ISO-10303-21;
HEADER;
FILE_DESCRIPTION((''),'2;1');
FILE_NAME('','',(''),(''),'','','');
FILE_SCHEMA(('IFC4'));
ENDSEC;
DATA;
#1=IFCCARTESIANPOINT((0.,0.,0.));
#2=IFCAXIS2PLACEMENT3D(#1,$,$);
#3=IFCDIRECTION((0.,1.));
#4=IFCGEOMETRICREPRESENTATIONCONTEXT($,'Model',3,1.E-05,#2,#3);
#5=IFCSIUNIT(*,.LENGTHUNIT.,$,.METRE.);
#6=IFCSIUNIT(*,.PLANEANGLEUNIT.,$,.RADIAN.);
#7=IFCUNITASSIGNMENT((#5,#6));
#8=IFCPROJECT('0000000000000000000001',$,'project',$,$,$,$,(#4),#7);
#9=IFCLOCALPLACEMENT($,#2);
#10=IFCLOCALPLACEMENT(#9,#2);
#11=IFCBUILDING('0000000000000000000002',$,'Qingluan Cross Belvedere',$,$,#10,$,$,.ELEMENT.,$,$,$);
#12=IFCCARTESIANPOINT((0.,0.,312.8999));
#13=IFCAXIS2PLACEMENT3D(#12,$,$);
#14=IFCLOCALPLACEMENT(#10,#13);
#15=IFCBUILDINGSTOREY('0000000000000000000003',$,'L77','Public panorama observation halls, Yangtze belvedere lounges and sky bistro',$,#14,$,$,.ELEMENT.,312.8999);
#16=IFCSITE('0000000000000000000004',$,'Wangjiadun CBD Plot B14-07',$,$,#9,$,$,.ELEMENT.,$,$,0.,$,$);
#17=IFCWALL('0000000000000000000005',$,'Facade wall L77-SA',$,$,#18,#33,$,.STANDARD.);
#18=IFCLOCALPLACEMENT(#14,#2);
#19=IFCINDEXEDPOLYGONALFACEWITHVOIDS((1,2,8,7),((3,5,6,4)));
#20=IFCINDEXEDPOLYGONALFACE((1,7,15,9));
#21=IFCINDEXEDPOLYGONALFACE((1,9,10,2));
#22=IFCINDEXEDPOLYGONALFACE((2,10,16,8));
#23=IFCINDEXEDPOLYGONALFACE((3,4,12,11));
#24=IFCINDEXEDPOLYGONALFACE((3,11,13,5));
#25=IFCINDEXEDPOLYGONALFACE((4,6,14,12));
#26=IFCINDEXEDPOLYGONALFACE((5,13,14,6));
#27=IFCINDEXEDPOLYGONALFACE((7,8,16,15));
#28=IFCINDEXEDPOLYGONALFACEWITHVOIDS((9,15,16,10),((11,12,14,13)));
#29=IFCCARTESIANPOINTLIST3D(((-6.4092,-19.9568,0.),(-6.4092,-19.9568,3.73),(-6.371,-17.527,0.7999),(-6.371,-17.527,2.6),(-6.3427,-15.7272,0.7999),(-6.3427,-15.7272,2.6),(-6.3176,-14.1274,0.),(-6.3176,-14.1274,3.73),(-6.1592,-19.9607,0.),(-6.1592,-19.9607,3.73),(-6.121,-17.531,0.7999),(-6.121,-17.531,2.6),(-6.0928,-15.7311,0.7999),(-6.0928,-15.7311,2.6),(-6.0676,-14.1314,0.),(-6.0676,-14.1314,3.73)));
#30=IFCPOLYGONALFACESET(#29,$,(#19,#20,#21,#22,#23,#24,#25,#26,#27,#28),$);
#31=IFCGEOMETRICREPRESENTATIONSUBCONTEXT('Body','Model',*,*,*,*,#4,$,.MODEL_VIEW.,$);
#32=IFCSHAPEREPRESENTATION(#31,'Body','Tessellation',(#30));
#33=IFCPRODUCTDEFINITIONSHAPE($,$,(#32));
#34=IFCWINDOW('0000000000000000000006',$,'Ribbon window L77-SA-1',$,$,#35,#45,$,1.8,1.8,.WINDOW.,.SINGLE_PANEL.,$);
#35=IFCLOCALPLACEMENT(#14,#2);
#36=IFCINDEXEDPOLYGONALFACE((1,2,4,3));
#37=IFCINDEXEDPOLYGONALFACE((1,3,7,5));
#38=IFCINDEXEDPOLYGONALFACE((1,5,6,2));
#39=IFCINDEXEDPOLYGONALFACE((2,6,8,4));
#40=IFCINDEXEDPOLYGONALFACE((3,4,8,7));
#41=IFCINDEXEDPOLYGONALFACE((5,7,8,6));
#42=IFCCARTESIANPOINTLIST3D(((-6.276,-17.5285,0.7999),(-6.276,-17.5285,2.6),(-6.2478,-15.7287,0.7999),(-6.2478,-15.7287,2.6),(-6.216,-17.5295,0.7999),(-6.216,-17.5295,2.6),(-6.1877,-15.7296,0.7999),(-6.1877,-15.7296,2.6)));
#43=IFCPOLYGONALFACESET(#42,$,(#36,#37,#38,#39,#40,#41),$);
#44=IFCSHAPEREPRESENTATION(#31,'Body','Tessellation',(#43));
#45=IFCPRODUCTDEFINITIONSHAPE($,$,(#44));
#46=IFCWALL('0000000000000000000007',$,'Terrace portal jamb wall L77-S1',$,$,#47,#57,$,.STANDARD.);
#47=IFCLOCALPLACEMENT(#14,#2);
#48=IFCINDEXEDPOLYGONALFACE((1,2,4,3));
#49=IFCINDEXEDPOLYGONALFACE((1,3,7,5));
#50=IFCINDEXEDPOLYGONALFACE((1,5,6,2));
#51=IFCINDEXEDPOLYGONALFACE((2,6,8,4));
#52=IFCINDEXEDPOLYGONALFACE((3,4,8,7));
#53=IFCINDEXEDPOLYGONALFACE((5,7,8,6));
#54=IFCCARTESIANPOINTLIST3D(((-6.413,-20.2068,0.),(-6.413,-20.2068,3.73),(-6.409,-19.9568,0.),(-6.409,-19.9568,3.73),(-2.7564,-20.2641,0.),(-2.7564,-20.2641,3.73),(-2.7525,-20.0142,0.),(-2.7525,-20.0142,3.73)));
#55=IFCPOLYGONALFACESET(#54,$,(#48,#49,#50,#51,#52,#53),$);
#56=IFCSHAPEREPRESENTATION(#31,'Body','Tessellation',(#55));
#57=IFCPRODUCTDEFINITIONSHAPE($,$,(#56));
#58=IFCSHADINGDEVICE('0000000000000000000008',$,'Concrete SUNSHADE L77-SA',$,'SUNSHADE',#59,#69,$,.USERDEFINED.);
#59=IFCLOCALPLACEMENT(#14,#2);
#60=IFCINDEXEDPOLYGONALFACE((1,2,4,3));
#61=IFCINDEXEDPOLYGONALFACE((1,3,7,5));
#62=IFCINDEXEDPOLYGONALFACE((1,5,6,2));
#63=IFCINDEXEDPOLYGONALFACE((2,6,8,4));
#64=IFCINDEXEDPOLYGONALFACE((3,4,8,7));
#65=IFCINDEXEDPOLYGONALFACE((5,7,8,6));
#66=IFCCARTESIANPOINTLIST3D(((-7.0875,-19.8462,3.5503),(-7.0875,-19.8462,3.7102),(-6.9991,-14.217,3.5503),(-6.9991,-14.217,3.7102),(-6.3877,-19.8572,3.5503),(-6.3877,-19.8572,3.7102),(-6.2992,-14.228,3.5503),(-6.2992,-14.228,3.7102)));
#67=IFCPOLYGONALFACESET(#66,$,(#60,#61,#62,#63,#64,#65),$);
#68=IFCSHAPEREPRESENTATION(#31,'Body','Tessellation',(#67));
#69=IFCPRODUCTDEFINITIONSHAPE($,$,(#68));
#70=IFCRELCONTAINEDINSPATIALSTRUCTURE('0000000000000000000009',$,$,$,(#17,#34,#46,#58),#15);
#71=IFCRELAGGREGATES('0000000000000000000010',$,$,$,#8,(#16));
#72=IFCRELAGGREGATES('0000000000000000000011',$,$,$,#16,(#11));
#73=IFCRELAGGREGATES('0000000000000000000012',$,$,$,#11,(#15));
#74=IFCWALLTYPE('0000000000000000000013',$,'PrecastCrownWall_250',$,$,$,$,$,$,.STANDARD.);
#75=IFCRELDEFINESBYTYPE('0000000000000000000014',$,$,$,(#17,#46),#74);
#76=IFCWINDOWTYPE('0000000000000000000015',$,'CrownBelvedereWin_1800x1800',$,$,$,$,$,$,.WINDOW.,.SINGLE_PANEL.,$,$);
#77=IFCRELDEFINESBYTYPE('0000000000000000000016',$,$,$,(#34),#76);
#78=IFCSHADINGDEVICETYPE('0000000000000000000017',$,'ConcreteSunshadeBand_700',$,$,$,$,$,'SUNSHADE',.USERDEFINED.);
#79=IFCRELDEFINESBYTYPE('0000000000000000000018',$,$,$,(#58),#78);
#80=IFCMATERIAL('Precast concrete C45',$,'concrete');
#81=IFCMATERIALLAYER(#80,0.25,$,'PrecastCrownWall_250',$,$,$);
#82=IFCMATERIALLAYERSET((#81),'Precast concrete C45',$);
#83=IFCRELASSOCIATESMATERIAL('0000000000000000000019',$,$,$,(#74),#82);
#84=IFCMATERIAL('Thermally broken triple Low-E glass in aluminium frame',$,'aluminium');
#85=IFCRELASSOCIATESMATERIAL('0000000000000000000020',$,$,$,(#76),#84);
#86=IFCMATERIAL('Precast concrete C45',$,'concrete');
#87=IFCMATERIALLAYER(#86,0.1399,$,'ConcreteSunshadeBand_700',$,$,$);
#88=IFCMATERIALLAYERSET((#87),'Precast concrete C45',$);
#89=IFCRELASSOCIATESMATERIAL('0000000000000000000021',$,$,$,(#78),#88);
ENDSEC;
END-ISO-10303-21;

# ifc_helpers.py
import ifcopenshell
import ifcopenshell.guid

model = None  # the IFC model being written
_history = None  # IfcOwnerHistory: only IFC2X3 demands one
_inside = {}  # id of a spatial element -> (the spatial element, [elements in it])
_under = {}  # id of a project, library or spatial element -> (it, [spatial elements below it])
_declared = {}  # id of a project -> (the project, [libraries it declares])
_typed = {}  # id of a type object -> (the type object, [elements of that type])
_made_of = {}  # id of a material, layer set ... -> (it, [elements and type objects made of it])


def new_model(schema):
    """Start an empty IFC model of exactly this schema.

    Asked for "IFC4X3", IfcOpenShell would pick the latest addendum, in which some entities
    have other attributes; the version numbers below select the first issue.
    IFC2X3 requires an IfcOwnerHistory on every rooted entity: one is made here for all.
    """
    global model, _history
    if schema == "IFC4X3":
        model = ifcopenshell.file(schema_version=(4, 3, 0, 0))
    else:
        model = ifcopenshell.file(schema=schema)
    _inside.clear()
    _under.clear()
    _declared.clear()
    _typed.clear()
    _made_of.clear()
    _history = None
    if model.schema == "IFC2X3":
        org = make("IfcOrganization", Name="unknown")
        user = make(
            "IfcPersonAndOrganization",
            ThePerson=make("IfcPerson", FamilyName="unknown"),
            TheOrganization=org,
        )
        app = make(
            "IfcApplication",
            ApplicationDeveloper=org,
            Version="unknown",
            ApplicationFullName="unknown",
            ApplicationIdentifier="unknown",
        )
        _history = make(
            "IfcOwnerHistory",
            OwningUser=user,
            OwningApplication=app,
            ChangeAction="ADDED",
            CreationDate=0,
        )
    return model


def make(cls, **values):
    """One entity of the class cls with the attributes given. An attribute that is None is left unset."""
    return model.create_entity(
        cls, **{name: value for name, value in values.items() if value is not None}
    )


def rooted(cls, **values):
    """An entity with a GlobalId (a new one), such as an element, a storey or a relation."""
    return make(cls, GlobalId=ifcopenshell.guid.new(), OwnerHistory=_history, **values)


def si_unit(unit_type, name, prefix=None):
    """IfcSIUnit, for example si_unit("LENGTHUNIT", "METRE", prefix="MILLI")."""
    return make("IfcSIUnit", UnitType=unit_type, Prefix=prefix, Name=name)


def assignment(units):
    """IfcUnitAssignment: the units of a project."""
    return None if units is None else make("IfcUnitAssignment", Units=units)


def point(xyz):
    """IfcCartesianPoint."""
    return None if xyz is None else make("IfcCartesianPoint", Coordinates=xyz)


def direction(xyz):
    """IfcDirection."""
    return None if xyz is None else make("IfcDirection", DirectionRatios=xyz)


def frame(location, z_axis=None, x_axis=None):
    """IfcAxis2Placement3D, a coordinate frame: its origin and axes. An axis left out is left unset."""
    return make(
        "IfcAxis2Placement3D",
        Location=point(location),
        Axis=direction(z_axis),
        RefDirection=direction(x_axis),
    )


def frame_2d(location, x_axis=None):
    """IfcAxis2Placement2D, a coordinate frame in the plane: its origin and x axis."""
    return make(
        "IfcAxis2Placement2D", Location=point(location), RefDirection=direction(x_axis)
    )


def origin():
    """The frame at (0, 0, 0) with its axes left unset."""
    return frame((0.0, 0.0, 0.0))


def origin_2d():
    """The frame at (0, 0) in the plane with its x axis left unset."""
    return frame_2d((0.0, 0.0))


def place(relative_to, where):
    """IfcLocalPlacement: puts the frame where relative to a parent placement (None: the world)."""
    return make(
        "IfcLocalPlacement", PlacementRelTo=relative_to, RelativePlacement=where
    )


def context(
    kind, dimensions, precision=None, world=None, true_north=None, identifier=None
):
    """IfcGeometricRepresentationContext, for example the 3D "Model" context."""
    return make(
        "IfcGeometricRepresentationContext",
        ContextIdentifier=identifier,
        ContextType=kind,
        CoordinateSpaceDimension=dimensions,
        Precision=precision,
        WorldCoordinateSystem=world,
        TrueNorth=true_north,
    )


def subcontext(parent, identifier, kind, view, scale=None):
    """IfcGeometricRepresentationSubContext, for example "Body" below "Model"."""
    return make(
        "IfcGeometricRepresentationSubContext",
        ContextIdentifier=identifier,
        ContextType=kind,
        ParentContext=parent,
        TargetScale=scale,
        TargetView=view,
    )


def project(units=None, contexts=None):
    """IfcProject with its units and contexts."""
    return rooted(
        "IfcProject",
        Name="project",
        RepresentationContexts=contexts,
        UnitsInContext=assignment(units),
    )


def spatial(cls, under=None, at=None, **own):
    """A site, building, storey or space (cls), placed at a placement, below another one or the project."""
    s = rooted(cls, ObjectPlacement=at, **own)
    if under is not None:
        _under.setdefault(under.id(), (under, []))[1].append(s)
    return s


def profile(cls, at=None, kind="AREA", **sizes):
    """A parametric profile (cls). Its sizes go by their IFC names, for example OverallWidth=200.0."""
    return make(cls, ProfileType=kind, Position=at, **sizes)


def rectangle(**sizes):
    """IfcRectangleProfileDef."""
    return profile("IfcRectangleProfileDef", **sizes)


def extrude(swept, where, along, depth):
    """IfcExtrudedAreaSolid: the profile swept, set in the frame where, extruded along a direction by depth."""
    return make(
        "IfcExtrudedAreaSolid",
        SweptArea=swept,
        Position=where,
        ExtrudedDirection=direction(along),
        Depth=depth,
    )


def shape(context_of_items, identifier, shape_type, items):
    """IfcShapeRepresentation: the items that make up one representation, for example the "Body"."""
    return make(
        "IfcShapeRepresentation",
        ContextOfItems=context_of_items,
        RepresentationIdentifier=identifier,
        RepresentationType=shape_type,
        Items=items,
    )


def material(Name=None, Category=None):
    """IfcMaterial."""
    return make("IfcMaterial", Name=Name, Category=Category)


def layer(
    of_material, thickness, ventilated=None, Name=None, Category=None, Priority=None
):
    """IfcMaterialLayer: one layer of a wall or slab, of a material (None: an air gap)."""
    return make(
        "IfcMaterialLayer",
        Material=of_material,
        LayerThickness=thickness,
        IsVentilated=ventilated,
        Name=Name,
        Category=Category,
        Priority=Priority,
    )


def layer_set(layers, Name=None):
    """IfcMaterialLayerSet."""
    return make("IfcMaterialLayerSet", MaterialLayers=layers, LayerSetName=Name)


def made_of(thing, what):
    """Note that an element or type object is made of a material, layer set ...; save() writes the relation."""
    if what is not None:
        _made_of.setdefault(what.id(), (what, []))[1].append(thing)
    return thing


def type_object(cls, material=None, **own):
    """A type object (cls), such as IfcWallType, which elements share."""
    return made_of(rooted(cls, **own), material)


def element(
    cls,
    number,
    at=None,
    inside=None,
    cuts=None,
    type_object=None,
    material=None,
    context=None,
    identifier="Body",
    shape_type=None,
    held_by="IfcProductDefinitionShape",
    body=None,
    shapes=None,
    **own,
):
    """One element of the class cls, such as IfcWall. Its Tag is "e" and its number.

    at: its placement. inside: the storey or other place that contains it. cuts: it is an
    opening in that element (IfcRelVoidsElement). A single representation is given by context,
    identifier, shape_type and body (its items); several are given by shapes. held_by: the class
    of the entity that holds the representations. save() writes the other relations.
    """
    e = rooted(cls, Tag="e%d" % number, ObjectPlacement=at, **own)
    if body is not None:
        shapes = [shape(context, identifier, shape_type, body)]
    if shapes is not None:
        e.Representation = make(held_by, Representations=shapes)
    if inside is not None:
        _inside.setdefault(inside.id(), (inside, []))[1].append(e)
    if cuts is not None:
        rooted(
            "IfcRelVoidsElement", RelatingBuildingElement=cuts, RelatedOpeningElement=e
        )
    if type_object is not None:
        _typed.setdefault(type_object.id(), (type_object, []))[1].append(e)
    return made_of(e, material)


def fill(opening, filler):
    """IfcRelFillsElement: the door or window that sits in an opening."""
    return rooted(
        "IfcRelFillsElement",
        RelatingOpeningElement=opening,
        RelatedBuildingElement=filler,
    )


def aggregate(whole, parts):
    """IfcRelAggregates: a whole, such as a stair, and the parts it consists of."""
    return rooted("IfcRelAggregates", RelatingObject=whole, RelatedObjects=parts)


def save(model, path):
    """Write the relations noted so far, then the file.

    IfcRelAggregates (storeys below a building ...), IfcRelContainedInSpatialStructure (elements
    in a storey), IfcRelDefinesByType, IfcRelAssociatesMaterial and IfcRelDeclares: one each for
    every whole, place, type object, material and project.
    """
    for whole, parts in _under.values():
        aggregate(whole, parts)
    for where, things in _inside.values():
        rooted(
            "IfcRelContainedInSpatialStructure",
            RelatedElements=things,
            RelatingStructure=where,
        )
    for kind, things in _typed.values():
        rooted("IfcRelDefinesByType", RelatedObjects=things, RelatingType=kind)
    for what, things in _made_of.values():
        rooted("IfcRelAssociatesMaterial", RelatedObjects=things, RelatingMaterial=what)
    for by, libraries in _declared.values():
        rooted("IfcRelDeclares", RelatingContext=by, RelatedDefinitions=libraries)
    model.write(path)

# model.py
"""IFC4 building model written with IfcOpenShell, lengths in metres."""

from ifc_helpers import new_model, si_unit, direction, frame, frame_2d, origin, origin_2d, place, context, subcontext, project, spatial, rectangle, extrude, material, layer, layer_set, type_object, element, fill, save


model = new_model("IFC4")

# Units and contexts
model_context = context("Model", 3, precision=1e-05, world=origin(), true_north=direction((0.0, 1.0)))
body_context = subcontext(model_context, "Body", "Model", "MODEL_VIEW")
ifc_project = project(units=[si_unit("LENGTHUNIT", "METRE"), si_unit("PLANEANGLEUNIT", "RADIAN")], contexts=[model_context])

# Site, building, storey
site_placement = place(None, origin())
site = spatial("IfcSite", under=ifc_project, at=site_placement, Name="Wangjiadun CBD Plot B14-07", CompositionType="ELEMENT", RefElevation=0.0)
building_placement = place(site_placement, origin())
building = spatial("IfcBuilding", under=site, at=building_placement, Name="Qingluan Cross Belvedere", CompositionType="ELEMENT")
storey_placement = place(building_placement, frame((0.0, 0.0, 312.8999)))
storey = spatial("IfcBuildingStorey", under=building, at=storey_placement, Name="L77", Description="Public panorama observation halls, Yangtze belvedere lounges and sky bistro", CompositionType="ELEMENT", Elevation=312.8999)

# Wall, opening, window
ifc_material_1 = material(Name="Precast concrete C45", Category="concrete")
ifc_layer_1 = layer(ifc_material_1, 0.25, Name="PrecastCrownWall_250")
ifc_layer_set_1 = layer_set([ifc_layer_1], Name="Precast concrete C45")
wall_type_1 = type_object("IfcWallType", Name="PrecastCrownWall_250", PredefinedType="STANDARD", material=ifc_layer_set_1)
wall_1_placement = place(storey_placement, frame((-6.1926, -14.1294, 0.0), z_axis=(0.0, 0.0, 1.0), x_axis=(-0.015704, -0.999877, 0.0)))
wall_1 = element("IfcWall", 1, at=wall_1_placement, inside=storey, type_object=wall_type_1, Name="Facade wall L77-SA", PredefinedType="STANDARD", context=body_context, shape_type="SweptSolid", body=[
    extrude(rectangle(XDim=5.8301, YDim=0.25, at=frame_2d((2.915, 0.0))), origin(), (0.0, 0.0, 1.0), 3.73),
])
opening_placement = place(wall_1_placement, frame((1.6001, 0.0, 0.8)))
opening = element("IfcOpeningElement", 2, at=opening_placement, cuts=wall_1, PredefinedType="OPENING", context=body_context, shape_type="SweptSolid", body=[
    extrude(rectangle(XDim=1.8, YDim=1.8, at=frame_2d((0.8999, 0.8999))), frame((0.0, 0.135, 0.0), z_axis=(0.0, -1.0, 0.0), x_axis=(1.0, 0.0, 0.0)), (0.0, 0.0, 1.0), 0.27),
])
ifc_material_2 = material(Name="Thermally broken triple Low-E glass in aluminium frame", Category="aluminium")
window_type = type_object("IfcWindowType", Name="CrownBelvedereWin_1800x1800", PartitioningType="SINGLE_PANEL", PredefinedType="WINDOW", material=ifc_material_2)
window_placement = place(opening_placement, origin())
window = element("IfcWindow", 3, at=window_placement, inside=storey, type_object=window_type, Name="Ribbon window L77-SA-1", OverallHeight=1.8, OverallWidth=1.8, PartitioningType="SINGLE_PANEL", PredefinedType="WINDOW", context=body_context, shape_type="SweptSolid", body=[
    extrude(rectangle(XDim=1.8, YDim=1.8, at=frame_2d((0.8999, 0.8999))), frame((0.0, 0.03, 0.0), z_axis=(0.0, -1.0, 0.0), x_axis=(1.0, 0.0, 0.0)), (0.0, 0.0, 1.0), 0.0601),
])
fill(opening, window)

# Wall
wall_2_placement = place(storey_placement, frame((-6.4111, -20.0818, 0.0), z_axis=(0.0, 0.0, 1.0), x_axis=(0.999877, -0.015689, 0.0)))
element("IfcWall", 4, at=wall_2_placement, inside=storey, type_object=wall_type_1, Name="Terrace portal jamb wall L77-S1", PredefinedType="STANDARD", context=body_context, shape_type="SweptSolid", body=[
    extrude(rectangle(XDim=3.657, YDim=0.25, at=frame_2d((1.8286, 0.0))), origin(), (0.0, 0.0, 1.0), 3.73),
])

# Shading device
ifc_material_3 = material(Name="Precast concrete C45", Category="concrete")
ifc_layer_2 = layer(ifc_material_3, 0.1399, Name="ConcreteSunshadeBand_700")
ifc_layer_set_2 = layer_set([ifc_layer_2], Name="Precast concrete C45")
shading_device_type = type_object("IfcShadingDeviceType", Name="ConcreteSunshadeBand_700", ElementType="SUNSHADE", PredefinedType="USERDEFINED", material=ifc_layer_set_2)
shading_device_placement = place(storey_placement, frame((-6.6934, -17.0371, 3.5503), z_axis=(0.0, 0.0, 1.0), x_axis=(-0.015712, -0.999877, 0.0)))
element("IfcShadingDevice", 5, at=shading_device_placement, inside=storey, type_object=shading_device_type, Name="Concrete SUNSHADE L77-SA", ObjectType="SUNSHADE", PredefinedType="USERDEFINED", context=body_context, shape_type="SweptSolid", body=[
    extrude(rectangle(XDim=5.6299, YDim=0.7, at=origin_2d()), origin(), (0.0, 0.0, 1.0), 0.1599),
])

save(model, "model.ifc")
